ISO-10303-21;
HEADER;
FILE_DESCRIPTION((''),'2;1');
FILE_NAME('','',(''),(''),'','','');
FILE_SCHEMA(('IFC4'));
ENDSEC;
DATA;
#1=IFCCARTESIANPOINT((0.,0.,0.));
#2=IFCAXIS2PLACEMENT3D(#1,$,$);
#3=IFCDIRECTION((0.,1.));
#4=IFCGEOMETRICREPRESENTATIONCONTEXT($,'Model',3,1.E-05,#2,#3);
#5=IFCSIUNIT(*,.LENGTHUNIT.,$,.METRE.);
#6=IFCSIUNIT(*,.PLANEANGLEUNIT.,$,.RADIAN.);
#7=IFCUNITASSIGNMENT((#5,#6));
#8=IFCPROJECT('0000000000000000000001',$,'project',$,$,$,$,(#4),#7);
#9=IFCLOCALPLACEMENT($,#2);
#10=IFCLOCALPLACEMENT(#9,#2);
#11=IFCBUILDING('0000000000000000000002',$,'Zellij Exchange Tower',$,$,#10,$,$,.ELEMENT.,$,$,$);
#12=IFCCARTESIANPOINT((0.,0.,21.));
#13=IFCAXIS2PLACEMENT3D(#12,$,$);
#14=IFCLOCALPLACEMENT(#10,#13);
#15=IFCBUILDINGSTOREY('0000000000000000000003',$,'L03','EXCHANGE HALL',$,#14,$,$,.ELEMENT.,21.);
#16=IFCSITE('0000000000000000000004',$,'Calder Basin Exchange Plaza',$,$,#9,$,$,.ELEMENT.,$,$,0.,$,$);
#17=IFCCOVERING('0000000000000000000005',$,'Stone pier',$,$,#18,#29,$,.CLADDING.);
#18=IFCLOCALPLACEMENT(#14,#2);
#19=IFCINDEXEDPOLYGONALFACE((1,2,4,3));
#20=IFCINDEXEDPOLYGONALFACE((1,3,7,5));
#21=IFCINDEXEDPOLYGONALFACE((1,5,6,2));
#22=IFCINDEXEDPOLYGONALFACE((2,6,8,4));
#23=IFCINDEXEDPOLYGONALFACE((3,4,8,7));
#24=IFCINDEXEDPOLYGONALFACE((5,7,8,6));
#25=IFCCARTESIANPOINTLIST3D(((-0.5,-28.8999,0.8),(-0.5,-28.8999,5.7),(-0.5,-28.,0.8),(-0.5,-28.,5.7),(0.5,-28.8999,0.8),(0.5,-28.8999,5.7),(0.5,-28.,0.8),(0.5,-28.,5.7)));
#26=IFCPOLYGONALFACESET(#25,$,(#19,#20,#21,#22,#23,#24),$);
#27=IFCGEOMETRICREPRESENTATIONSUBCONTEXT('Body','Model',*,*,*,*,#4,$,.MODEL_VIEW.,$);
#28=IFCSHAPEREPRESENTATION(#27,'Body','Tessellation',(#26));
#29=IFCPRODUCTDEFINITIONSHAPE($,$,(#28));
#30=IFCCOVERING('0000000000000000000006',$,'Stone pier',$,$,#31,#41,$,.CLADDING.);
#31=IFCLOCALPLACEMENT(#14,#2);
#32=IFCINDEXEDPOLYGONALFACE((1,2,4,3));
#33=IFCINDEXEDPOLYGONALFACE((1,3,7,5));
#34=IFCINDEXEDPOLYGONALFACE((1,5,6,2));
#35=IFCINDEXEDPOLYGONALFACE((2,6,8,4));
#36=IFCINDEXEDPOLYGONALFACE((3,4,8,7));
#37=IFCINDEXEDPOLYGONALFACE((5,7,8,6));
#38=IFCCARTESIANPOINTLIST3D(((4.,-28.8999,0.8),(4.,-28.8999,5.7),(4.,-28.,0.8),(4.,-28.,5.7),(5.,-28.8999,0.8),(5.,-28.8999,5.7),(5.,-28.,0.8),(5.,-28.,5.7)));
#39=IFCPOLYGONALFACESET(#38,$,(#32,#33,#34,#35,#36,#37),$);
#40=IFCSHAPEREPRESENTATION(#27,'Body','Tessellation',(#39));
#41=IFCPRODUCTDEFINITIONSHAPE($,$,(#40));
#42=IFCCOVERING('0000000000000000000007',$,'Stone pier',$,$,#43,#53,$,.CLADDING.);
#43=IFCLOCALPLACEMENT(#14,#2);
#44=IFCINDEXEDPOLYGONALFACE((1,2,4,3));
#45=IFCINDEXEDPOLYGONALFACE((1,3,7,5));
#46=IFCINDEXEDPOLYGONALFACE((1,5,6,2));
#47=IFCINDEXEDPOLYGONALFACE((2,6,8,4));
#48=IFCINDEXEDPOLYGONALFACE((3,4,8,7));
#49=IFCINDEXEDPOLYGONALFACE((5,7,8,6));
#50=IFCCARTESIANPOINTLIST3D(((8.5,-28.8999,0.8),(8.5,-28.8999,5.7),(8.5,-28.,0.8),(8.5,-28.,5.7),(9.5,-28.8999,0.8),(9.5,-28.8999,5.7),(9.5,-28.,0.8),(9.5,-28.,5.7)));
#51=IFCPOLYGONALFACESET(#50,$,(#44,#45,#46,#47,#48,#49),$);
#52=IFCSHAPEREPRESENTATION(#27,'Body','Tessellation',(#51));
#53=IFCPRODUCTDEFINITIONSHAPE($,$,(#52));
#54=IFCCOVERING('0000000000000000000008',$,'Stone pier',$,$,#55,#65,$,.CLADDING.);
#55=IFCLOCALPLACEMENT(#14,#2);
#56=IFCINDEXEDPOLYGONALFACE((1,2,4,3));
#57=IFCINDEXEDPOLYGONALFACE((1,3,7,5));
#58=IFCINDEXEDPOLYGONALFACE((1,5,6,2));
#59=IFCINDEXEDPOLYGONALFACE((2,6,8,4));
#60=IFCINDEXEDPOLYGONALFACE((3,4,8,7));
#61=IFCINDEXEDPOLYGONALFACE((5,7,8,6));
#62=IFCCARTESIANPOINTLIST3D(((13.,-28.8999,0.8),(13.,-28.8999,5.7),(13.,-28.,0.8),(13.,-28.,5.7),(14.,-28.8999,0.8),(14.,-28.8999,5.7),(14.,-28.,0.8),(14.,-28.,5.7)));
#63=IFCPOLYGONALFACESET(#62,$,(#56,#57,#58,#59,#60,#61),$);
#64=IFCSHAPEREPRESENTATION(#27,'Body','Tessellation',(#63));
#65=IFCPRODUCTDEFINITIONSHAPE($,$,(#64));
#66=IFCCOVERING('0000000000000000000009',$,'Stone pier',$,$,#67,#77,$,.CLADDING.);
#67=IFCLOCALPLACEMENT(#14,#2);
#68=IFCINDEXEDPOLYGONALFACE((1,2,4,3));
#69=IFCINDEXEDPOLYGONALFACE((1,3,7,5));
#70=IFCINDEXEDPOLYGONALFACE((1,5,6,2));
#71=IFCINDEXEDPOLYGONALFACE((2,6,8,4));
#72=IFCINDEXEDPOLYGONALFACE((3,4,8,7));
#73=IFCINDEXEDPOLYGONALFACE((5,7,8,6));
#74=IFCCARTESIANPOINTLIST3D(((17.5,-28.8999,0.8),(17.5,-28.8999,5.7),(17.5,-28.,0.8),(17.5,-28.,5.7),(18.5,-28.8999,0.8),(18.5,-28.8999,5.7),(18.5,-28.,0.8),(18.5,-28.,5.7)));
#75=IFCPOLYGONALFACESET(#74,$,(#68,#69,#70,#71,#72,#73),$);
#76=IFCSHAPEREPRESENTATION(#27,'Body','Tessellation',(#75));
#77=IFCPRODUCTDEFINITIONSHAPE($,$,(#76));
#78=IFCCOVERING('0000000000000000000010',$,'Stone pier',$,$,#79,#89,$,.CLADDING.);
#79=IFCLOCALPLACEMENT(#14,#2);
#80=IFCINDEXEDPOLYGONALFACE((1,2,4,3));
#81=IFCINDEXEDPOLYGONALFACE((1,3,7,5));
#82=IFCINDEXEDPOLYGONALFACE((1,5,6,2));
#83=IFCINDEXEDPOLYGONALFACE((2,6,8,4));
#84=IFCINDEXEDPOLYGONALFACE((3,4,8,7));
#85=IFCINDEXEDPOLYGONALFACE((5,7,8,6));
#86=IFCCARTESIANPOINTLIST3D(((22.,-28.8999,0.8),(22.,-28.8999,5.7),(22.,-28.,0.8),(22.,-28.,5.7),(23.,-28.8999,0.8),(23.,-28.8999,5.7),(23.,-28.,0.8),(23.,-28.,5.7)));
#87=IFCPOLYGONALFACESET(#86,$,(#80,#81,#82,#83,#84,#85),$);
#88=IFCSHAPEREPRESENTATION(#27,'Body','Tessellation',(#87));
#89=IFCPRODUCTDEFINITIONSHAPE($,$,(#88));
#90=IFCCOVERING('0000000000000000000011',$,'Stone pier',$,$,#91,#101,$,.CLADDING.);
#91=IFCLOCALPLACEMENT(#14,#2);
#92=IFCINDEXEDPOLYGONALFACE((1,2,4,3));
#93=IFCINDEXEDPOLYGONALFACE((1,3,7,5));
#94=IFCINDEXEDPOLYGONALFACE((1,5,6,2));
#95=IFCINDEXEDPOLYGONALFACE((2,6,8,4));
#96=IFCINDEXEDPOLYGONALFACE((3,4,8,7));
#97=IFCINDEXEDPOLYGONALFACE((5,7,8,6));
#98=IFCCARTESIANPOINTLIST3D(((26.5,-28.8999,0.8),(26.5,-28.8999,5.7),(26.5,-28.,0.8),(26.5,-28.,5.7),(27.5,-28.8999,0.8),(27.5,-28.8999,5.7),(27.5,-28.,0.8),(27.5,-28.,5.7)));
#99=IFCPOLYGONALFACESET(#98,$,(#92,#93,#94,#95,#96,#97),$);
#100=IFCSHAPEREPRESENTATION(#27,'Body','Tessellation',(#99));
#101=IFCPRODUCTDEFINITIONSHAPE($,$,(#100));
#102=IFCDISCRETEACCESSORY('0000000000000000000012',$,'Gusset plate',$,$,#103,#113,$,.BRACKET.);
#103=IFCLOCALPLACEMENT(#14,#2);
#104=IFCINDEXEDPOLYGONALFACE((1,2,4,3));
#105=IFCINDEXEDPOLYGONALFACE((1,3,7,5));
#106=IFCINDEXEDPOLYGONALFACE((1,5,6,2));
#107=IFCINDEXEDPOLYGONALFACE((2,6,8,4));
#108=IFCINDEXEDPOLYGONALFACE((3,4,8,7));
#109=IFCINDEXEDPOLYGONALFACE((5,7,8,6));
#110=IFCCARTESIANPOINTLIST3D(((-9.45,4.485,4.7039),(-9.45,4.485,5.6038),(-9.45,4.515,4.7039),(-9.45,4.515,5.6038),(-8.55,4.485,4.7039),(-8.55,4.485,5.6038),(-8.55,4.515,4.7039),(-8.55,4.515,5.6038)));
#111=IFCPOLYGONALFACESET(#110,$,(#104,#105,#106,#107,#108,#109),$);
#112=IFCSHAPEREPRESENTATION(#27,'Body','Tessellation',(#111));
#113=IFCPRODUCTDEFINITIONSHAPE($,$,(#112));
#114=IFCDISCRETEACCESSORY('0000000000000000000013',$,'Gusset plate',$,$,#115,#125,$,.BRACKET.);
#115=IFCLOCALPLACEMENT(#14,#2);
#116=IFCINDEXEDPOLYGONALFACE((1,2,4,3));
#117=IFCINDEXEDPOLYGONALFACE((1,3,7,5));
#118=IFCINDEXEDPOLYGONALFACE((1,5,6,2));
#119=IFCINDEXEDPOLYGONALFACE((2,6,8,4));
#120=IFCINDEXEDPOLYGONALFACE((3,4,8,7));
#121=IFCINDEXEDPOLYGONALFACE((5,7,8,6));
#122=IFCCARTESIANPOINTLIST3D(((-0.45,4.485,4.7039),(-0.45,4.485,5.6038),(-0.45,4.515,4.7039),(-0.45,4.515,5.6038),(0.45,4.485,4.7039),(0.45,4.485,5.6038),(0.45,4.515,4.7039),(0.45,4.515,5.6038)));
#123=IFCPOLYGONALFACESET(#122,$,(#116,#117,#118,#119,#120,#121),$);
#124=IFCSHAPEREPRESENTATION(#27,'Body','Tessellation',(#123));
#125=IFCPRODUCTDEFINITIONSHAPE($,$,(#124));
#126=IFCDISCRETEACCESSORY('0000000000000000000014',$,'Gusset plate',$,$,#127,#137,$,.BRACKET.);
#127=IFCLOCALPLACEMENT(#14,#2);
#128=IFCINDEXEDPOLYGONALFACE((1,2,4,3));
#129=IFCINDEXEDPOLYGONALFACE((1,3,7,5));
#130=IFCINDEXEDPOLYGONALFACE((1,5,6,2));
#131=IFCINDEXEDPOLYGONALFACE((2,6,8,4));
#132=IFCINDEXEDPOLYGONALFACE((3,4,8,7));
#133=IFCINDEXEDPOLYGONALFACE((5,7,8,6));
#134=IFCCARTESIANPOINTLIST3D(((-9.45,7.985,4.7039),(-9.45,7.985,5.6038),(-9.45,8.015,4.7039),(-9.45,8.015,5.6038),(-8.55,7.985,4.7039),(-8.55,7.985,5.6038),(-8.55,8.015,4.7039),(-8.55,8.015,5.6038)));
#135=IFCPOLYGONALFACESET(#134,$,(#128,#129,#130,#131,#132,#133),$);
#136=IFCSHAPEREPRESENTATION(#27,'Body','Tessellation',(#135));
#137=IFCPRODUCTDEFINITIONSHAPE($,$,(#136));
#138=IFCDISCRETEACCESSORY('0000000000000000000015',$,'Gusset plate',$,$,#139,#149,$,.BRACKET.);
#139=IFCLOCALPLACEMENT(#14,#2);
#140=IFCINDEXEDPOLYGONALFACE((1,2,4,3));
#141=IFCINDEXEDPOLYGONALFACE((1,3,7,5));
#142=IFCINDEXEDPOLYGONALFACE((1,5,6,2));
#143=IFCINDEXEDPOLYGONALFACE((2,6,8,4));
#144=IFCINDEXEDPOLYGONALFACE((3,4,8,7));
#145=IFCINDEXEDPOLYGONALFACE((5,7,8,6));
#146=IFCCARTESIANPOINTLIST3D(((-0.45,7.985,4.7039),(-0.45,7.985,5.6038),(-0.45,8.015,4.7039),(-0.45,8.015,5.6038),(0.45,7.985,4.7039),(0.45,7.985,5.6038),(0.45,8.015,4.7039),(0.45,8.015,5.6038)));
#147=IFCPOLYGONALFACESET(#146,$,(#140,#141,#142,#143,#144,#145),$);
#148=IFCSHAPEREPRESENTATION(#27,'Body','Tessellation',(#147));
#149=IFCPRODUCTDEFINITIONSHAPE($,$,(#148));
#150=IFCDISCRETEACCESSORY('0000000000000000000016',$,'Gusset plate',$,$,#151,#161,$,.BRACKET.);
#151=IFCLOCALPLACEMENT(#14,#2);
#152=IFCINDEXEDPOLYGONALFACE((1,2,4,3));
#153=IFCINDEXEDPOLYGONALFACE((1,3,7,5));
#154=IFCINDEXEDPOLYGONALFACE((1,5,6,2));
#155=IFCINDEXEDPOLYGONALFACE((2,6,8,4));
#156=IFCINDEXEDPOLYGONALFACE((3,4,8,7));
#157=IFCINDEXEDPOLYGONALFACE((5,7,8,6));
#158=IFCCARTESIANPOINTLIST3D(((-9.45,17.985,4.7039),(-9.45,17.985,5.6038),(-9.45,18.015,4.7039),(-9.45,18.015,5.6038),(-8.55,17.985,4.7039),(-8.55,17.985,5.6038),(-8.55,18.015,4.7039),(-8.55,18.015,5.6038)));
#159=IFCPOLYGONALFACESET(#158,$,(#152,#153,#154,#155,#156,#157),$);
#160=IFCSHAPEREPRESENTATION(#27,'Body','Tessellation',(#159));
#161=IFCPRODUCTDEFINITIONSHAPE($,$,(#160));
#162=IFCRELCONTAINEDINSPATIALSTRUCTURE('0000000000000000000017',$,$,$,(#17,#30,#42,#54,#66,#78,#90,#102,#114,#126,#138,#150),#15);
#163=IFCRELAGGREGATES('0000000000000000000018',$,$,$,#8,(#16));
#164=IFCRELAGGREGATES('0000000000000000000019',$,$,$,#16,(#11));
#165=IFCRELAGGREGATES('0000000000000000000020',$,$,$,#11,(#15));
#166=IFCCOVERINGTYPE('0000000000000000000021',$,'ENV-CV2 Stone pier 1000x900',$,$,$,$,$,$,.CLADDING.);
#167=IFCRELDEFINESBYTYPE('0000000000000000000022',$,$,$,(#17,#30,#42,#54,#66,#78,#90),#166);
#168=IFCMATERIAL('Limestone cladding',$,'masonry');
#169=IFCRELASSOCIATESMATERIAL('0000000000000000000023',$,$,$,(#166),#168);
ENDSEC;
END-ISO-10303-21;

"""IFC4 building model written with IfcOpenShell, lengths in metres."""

from ifc_helpers import new_model, si_unit, direction, frame, origin, origin_2d, place, context, subcontext, project, spatial, polyline, rectangle, outline, extrude, material, type_object, element, save


model = new_model("IFC4")

# Units and contexts
model_context = context("Model", 3, precision=1e-05, world=origin(), true_north=direction((0.0, 1.0)))
body_context = subcontext(model_context, "Body", "Model", "MODEL_VIEW")
ifc_project = project(units=[si_unit("LENGTHUNIT", "METRE"), si_unit("PLANEANGLEUNIT", "RADIAN")], contexts=[model_context])

# Site, building, storey
site_placement = place(None, origin())
site = spatial("IfcSite", under=ifc_project, at=site_placement, Name="Calder Basin Exchange Plaza", CompositionType="ELEMENT", RefElevation=0.0)
building_placement = place(site_placement, origin())
building = spatial("IfcBuilding", under=site, at=building_placement, Name="Zellij Exchange Tower", CompositionType="ELEMENT")
storey_placement = place(building_placement, frame((0.0, 0.0, 21.0)))
storey = spatial("IfcBuildingStorey", under=building, at=storey_placement, Name="L03", Description="EXCHANGE HALL", CompositionType="ELEMENT", Elevation=21.0)

# Coverings
ifc_material_1 = material(Name="Limestone cladding", Category="masonry")
covering_type = type_object("IfcCoveringType", Name="ENV-CV2 Stone pier 1000x900", PredefinedType="CLADDING", material=ifc_material_1)
covering_1_placement = place(storey_placement, frame((0.0, 0.0, 0.8)))
element("IfcCovering", 1, at=covering_1_placement, inside=storey, type_object=covering_type, Name="Stone pier", PredefinedType="CLADDING", context=body_context, shape_type="SweptSolid", body=[
    extrude(outline(polyline([(-0.5, -28.0), (0.5, -28.0), (0.5, -28.8999), (-0.5, -28.8999), (-0.5, -28.0)])), origin(), (0.0, 0.0, 1.0), 4.8999),
])
covering_2_placement = place(storey_placement, frame((0.0, 0.0, 0.8)))
element("IfcCovering", 2, at=covering_2_placement, inside=storey, type_object=covering_type, Name="Stone pier", PredefinedType="CLADDING", context=body_context, shape_type="SweptSolid", body=[
    extrude(outline(polyline([(4.0, -28.0), (5.0, -28.0), (5.0, -28.8999), (4.0, -28.8999), (4.0, -28.0)])), origin(), (0.0, 0.0, 1.0), 4.8999),
])
covering_3_placement = place(storey_placement, frame((0.0, 0.0, 0.8)))
element("IfcCovering", 3, at=covering_3_placement, inside=storey, type_object=covering_type, Name="Stone pier", PredefinedType="CLADDING", context=body_context, shape_type="SweptSolid", body=[
    extrude(outline(polyline([(8.5, -28.0), (9.5, -28.0), (9.5, -28.8999), (8.5, -28.8999), (8.5, -28.0)])), origin(), (0.0, 0.0, 1.0), 4.8999),
])
covering_4_placement = place(storey_placement, frame((0.0, 0.0, 0.8)))
element("IfcCovering", 4, at=covering_4_placement, inside=storey, type_object=covering_type, Name="Stone pier", PredefinedType="CLADDING", context=body_context, shape_type="SweptSolid", body=[
    extrude(outline(polyline([(13.0, -28.0), (14.0, -28.0), (14.0, -28.8999), (13.0, -28.8999), (13.0, -28.0)])), origin(), (0.0, 0.0, 1.0), 4.8999),
])
covering_5_placement = place(storey_placement, frame((0.0, 0.0, 0.8)))
element("IfcCovering", 5, at=covering_5_placement, inside=storey, type_object=covering_type, Name="Stone pier", PredefinedType="CLADDING", context=body_context, shape_type="SweptSolid", body=[
    extrude(outline(polyline([(17.5, -28.0), (18.5, -28.0), (18.5, -28.8999), (17.5, -28.8999), (17.5, -28.0)])), origin(), (0.0, 0.0, 1.0), 4.8999),
])
covering_6_placement = place(storey_placement, frame((0.0, 0.0, 0.8)))
element("IfcCovering", 6, at=covering_6_placement, inside=storey, type_object=covering_type, Name="Stone pier", PredefinedType="CLADDING", context=body_context, shape_type="SweptSolid", body=[
    extrude(outline(polyline([(22.0, -28.0), (23.0, -28.0), (23.0, -28.8999), (22.0, -28.8999), (22.0, -28.0)])), origin(), (0.0, 0.0, 1.0), 4.8999),
])
covering_7_placement = place(storey_placement, frame((0.0, 0.0, 0.8)))
element("IfcCovering", 7, at=covering_7_placement, inside=storey, type_object=covering_type, Name="Stone pier", PredefinedType="CLADDING", context=body_context, shape_type="SweptSolid", body=[
    extrude(outline(polyline([(26.5, -28.0), (27.5, -28.0), (27.5, -28.8999), (26.5, -28.8999), (26.5, -28.0)])), origin(), (0.0, 0.0, 1.0), 4.8999),
])

# Discrete accessories
for number, where, z_axis, x_axis, name in (
    (8, (-9.0, 4.5, 4.7039), (0.0, 0.0, 1.0), (1.0, 0.0, 0.0), "Gusset plate"),
    (9, (0.0, 4.5, 4.7039), (0.0, 0.0, 1.0), (1.0, 0.0, 0.0), "Gusset plate"),
    (10, (-9.0, 8.0, 4.7039), (0.0, 0.0, 1.0), (1.0, 0.0, 0.0), "Gusset plate"),
    (11, (0.0, 8.0, 4.7039), (0.0, 0.0, 1.0), (1.0, 0.0, 0.0), "Gusset plate"),
    (12, (-9.0, 18.0, 4.7039), (0.0, 0.0, 1.0), (1.0, 0.0, 0.0), "Gusset plate"),
):
    element("IfcDiscreteAccessory", number, at=place(storey_placement, frame(where, z_axis=z_axis, x_axis=x_axis)), inside=storey, Name=name, PredefinedType="BRACKET", context=body_context, shape_type="SweptSolid", body=[
        extrude(rectangle(XDim=0.8999, YDim=0.03, at=origin_2d()), origin(), (0.0, 0.0, 1.0), 0.8999),
    ])

save(model, "model.ifc")
